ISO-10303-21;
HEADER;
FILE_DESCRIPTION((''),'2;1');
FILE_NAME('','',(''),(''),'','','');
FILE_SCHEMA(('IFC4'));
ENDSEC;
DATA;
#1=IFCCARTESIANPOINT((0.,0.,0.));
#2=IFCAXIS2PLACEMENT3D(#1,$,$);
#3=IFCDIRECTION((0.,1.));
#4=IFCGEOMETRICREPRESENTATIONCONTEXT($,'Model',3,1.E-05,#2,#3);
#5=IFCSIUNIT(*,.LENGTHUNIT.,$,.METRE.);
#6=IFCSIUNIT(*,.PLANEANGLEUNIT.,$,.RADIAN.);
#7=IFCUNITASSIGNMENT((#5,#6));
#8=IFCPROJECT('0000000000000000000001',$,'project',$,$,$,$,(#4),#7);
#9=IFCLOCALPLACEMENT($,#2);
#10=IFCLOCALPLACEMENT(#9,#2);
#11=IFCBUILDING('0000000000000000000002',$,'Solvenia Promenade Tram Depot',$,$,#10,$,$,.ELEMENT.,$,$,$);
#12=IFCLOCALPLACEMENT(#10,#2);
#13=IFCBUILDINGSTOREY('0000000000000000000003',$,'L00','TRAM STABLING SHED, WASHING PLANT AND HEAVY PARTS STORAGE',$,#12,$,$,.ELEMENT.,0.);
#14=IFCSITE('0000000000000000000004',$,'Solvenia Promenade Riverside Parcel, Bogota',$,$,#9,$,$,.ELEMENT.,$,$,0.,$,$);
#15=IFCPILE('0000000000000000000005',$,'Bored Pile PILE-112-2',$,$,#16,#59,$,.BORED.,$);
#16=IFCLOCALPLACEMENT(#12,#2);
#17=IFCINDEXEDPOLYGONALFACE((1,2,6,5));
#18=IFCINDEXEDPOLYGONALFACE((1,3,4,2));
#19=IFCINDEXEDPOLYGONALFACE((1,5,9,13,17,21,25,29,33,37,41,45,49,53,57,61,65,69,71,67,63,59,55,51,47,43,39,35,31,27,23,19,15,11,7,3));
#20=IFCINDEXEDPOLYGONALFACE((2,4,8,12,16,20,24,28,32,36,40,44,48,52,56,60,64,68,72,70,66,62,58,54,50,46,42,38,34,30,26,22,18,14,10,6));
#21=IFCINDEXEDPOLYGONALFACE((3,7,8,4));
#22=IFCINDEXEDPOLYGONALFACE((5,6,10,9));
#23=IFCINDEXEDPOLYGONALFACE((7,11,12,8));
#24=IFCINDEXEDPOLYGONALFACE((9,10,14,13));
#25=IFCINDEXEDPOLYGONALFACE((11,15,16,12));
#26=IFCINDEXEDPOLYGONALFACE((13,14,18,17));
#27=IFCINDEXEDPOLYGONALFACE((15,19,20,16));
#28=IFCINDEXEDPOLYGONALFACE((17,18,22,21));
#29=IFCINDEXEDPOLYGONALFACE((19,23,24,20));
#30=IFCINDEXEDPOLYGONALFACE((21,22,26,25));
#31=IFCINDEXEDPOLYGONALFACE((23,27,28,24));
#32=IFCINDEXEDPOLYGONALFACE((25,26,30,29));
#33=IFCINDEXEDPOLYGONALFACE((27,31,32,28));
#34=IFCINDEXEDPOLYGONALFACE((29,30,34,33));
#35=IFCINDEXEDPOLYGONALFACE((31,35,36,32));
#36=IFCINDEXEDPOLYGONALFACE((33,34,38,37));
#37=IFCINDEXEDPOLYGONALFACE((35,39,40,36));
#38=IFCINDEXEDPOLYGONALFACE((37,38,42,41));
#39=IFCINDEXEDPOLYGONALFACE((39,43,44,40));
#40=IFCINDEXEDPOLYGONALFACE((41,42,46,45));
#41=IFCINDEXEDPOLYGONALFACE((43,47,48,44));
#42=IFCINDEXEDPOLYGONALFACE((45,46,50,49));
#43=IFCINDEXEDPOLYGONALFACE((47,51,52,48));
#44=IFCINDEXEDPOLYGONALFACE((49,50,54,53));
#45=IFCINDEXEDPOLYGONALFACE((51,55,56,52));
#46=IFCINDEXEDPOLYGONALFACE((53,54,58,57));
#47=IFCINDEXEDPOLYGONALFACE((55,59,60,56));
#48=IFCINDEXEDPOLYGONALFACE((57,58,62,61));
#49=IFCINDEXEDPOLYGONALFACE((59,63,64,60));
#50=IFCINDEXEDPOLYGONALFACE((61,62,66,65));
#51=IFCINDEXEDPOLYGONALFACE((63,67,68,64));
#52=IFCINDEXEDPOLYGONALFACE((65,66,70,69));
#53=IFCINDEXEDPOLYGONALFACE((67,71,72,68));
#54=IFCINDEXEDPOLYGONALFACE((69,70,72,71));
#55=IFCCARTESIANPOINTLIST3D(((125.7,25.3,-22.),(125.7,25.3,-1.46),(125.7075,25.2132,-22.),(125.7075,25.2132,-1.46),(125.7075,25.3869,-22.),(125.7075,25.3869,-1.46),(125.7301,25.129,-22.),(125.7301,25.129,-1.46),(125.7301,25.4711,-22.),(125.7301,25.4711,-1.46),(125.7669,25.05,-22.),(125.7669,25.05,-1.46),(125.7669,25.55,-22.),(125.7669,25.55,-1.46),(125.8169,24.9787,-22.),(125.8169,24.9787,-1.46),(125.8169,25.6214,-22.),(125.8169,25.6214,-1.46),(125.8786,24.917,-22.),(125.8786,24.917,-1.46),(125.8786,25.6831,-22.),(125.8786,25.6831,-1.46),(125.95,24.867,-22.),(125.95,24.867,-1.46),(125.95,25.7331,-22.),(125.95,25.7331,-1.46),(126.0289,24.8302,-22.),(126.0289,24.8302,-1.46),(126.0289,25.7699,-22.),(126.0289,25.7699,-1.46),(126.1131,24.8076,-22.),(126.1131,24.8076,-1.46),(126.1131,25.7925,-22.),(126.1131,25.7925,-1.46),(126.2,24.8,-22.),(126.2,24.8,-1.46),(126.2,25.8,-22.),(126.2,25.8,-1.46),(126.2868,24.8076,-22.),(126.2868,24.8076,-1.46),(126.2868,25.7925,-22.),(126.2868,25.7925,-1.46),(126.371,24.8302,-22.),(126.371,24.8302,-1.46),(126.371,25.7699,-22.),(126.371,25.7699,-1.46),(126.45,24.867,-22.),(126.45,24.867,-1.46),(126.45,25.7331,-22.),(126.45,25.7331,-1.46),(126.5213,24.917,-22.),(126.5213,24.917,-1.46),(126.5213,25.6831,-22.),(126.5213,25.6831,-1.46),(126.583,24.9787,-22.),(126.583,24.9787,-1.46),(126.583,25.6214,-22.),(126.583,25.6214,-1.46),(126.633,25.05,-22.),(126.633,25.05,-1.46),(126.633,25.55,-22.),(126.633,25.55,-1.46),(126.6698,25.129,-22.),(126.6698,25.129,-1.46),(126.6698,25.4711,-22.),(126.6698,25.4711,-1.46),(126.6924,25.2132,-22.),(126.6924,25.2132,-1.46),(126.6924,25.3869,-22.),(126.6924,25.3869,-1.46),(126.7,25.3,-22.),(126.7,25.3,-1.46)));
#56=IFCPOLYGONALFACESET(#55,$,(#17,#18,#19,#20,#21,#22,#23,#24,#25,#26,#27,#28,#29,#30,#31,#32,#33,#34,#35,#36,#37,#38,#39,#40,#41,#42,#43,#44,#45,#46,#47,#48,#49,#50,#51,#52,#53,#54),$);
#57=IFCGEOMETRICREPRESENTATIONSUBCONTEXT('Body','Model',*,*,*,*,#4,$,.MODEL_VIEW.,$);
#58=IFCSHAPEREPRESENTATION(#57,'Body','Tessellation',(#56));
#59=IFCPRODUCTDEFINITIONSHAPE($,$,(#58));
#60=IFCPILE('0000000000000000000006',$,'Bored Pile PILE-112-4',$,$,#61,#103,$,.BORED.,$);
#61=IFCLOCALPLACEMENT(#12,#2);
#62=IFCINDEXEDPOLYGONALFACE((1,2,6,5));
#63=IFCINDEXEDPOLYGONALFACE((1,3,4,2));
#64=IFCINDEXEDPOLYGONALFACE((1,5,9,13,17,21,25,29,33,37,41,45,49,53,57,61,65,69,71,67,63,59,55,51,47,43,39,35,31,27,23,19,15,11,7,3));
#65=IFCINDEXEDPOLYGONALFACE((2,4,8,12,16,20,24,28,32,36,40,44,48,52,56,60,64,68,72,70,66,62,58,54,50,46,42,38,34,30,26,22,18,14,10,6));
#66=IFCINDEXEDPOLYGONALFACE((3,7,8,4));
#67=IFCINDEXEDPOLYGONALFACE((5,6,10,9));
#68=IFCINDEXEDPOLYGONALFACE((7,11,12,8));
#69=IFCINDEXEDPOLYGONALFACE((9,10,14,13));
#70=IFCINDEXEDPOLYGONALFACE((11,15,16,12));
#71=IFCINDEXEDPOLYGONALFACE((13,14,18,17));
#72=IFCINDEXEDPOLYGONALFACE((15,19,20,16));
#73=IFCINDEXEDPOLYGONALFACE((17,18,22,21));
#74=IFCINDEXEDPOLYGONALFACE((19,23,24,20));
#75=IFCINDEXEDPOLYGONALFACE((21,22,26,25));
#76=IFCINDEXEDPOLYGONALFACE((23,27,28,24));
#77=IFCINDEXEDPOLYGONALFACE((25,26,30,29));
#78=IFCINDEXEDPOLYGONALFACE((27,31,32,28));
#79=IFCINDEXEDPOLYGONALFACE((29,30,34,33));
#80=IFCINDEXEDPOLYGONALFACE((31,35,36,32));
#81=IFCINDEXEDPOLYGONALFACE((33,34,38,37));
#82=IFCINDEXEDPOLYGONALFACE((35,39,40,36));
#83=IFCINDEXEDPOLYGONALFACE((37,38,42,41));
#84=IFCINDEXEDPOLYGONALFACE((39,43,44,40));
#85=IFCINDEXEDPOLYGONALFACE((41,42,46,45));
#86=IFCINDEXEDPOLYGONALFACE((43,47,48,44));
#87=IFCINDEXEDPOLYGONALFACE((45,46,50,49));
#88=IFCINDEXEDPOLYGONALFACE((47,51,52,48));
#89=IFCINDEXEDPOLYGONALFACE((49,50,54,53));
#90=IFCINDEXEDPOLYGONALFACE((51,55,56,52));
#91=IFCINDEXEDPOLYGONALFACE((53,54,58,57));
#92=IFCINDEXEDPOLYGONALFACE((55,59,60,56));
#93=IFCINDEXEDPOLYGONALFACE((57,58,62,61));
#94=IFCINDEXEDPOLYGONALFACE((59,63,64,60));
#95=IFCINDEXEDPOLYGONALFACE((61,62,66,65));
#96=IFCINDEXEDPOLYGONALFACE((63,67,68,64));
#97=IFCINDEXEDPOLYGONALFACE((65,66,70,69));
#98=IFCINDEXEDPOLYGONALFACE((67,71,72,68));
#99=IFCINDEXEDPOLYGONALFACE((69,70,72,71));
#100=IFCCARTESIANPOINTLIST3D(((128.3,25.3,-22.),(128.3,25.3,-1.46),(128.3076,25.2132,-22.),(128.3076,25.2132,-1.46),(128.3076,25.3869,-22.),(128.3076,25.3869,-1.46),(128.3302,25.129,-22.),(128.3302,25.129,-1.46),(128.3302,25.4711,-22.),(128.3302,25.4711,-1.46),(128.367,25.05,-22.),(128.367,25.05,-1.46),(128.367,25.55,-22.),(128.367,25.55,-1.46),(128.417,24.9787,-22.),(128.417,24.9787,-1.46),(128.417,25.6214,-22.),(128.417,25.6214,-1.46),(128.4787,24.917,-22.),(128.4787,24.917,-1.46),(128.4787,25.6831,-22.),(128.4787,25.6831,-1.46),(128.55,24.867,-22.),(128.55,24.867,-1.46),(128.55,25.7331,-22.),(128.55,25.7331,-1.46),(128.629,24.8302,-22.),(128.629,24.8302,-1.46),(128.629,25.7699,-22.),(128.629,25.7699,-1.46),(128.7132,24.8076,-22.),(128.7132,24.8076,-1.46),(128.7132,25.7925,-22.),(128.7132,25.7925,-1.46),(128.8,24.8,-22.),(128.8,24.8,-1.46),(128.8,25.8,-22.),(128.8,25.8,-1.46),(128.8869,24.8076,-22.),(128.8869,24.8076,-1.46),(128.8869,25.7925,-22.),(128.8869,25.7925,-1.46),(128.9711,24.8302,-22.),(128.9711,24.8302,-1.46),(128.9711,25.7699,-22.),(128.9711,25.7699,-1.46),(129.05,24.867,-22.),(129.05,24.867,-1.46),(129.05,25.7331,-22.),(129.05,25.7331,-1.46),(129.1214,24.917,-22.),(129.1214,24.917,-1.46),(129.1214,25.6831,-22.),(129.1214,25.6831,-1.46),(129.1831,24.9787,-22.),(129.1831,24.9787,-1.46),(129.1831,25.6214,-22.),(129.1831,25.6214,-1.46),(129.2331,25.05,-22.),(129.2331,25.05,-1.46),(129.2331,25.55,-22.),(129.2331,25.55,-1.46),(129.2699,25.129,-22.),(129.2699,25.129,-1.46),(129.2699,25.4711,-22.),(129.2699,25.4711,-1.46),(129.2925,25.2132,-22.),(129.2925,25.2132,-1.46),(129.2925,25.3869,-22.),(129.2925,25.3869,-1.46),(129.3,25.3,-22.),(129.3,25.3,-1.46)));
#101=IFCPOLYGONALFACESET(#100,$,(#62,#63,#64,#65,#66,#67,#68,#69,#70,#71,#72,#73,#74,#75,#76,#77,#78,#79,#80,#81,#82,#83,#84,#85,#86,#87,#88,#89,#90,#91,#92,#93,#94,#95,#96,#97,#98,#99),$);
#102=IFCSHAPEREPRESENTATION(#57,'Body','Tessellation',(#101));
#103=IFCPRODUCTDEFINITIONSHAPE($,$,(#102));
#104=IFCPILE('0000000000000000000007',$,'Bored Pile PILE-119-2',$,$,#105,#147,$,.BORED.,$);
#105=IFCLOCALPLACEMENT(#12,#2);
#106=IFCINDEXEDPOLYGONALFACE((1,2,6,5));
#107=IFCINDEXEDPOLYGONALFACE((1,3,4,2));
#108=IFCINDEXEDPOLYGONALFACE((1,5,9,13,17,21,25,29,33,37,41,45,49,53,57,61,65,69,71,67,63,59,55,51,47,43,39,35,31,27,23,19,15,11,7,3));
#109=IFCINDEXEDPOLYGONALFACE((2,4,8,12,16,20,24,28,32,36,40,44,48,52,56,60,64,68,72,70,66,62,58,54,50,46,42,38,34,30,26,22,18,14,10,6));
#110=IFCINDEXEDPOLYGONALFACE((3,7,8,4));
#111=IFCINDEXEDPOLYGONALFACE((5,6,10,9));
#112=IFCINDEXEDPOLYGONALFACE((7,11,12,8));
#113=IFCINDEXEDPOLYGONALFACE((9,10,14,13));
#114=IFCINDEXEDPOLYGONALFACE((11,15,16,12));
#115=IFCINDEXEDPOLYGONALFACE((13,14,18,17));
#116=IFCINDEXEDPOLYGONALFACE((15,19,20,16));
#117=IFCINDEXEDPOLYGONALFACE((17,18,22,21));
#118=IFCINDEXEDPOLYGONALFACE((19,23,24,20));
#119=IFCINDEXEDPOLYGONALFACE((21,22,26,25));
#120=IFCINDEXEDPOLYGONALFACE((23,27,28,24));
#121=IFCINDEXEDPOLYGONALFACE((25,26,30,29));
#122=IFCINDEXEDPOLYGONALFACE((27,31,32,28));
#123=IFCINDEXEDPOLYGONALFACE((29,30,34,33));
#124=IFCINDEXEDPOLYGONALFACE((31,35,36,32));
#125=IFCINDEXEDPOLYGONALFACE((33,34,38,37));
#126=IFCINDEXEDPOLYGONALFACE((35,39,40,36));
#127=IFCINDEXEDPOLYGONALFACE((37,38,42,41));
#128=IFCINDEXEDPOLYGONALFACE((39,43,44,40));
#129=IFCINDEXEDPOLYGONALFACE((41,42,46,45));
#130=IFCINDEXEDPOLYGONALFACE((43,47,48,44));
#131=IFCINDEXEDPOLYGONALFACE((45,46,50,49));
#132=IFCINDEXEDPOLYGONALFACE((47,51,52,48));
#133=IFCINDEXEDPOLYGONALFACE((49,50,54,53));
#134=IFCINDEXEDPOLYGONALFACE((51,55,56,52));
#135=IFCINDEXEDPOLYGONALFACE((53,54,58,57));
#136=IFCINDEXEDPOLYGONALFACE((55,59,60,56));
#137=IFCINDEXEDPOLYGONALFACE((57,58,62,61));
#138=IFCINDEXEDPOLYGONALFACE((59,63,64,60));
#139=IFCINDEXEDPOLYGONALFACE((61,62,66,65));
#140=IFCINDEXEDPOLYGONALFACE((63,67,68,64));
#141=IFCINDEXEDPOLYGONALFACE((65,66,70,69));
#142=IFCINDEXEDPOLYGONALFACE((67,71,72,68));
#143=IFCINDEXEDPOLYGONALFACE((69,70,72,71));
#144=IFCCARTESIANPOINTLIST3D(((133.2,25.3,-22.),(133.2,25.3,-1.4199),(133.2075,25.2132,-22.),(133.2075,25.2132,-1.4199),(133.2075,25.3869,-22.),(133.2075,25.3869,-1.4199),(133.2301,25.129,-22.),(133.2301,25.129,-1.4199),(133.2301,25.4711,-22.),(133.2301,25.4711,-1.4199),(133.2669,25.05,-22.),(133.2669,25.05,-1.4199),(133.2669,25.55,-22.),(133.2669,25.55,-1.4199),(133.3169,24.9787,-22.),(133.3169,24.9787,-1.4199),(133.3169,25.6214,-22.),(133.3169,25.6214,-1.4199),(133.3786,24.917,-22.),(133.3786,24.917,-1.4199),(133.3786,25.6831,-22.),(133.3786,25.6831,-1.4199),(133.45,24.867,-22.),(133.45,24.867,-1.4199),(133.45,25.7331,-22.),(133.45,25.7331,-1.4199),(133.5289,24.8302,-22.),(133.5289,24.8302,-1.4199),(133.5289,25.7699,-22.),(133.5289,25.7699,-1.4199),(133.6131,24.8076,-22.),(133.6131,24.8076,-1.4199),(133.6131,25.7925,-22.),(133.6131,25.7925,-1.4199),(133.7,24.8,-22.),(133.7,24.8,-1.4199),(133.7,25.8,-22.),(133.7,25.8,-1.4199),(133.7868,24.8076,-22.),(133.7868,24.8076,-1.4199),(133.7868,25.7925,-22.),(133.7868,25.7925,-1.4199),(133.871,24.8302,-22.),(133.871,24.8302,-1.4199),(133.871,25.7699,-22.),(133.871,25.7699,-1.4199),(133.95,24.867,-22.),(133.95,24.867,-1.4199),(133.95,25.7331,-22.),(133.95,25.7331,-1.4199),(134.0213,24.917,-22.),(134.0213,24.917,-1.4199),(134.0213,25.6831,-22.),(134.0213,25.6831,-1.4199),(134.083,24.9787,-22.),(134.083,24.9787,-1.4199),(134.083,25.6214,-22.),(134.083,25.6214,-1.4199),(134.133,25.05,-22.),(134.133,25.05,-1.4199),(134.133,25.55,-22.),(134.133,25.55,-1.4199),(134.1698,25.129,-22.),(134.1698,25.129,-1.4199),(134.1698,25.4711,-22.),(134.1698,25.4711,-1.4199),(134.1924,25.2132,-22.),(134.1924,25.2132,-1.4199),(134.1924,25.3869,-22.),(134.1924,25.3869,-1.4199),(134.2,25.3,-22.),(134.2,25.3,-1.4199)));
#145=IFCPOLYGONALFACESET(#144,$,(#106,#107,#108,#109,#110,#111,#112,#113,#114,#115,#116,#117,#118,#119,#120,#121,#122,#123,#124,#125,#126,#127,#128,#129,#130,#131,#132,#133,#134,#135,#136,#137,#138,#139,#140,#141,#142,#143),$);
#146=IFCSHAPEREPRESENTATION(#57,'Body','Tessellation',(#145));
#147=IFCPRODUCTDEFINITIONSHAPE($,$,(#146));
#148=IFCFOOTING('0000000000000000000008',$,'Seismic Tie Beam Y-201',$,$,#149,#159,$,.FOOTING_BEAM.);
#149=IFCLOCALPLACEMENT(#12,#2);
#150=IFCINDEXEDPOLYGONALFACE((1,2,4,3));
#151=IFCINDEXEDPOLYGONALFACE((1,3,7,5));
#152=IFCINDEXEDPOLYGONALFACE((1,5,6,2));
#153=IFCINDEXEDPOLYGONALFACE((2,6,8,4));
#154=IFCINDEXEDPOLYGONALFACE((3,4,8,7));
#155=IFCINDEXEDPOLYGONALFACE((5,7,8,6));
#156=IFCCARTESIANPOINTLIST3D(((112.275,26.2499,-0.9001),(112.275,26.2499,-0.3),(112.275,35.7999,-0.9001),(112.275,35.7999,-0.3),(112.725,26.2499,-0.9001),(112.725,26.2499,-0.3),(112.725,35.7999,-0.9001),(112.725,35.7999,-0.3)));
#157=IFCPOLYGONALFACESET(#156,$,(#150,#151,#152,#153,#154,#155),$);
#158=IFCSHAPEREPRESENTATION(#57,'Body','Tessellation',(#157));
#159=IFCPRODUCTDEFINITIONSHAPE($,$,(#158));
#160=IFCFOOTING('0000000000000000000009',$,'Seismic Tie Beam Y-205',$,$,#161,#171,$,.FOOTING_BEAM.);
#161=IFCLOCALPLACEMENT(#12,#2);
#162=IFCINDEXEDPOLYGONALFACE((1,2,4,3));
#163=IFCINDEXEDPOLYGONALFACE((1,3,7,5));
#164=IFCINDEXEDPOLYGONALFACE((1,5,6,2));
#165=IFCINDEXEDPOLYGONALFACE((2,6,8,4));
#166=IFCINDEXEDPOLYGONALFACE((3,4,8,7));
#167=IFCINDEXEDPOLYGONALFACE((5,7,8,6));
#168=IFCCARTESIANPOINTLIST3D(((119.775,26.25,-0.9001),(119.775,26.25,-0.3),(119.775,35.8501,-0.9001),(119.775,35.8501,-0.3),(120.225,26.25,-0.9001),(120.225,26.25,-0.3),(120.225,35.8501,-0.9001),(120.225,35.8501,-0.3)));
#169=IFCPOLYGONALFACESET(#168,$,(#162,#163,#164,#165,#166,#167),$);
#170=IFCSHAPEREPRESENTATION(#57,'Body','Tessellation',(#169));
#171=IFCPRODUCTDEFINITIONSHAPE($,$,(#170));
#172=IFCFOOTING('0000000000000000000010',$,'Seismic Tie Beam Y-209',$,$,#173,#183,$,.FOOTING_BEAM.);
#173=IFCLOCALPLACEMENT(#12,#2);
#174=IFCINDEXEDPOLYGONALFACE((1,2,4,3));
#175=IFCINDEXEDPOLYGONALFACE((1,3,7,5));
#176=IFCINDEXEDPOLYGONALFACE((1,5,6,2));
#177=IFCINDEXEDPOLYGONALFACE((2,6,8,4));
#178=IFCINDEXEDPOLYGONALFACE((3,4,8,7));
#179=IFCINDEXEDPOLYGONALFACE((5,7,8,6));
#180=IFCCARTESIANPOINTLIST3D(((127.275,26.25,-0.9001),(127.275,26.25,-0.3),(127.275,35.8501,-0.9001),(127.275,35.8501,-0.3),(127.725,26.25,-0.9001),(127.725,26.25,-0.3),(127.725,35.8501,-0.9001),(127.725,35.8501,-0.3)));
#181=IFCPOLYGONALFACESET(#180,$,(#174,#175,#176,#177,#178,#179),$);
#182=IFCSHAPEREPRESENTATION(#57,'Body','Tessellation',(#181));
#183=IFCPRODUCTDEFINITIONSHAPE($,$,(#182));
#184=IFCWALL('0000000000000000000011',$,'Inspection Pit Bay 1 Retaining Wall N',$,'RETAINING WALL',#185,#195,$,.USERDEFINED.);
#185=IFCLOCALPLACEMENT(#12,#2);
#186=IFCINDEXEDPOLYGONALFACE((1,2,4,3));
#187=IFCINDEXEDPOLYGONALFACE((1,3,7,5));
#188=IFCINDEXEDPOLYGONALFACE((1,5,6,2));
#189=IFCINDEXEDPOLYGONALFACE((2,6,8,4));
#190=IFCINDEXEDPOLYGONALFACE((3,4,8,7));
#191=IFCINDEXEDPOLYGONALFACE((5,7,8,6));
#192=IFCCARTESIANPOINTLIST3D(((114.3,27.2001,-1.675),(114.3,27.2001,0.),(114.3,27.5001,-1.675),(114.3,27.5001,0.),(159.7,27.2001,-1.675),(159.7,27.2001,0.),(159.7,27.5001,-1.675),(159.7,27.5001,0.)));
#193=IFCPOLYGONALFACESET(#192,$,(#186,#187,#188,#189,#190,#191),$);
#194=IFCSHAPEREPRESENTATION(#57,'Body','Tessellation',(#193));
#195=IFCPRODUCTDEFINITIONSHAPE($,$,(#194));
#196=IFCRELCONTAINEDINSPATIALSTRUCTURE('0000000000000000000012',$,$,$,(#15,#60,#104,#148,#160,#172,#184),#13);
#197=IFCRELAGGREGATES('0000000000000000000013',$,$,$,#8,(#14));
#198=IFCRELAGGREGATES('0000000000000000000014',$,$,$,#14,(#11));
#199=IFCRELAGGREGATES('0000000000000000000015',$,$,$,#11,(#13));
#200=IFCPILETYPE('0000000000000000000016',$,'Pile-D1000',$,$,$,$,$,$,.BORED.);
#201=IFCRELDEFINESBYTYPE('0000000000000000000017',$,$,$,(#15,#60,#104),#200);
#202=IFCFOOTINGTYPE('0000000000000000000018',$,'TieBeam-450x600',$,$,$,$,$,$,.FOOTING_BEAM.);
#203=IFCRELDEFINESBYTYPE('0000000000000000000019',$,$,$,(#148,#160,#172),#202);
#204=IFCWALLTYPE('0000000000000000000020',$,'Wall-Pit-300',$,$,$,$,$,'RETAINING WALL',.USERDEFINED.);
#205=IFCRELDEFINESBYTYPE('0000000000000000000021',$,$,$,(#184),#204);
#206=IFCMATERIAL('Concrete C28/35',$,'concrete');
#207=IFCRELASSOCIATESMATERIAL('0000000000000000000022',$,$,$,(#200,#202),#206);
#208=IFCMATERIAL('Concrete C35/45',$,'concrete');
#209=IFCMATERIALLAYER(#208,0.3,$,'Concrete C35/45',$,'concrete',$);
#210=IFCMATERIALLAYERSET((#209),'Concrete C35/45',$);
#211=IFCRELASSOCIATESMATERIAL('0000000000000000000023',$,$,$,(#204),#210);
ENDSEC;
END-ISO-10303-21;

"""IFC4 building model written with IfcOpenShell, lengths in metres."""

from ifc_helpers import new_model, si_unit, direction, frame, frame_2d, origin, origin_2d, place, context, subcontext, project, spatial, rectangle, circle, extrude, material, layer, layer_set, material_profile, profile_set, type_object, element, save


model = new_model("IFC4")

# Units and contexts
model_context = context("Model", 3, precision=1e-05, world=origin(), true_north=direction((0.0, 1.0)))
body_context = subcontext(model_context, "Body", "Model", "MODEL_VIEW")
ifc_project = project(units=[si_unit("LENGTHUNIT", "METRE"), si_unit("PLANEANGLEUNIT", "RADIAN")], contexts=[model_context])

# Site, building, storey
site_placement = place(None, origin())
site = spatial("IfcSite", under=ifc_project, at=site_placement, Name="Solvenia Promenade Riverside Parcel, Bogota", CompositionType="ELEMENT", RefElevation=0.0)
building_placement = place(site_placement, origin())
building = spatial("IfcBuilding", under=site, at=building_placement, Name="Solvenia Promenade Tram Depot", CompositionType="ELEMENT")
storey_placement = place(building_placement, origin())
storey = spatial("IfcBuildingStorey", under=building, at=storey_placement, Name="L00", Description="TRAM STABLING SHED, WASHING PLANT AND HEAVY PARTS STORAGE", CompositionType="ELEMENT", Elevation=0.0)

# Piles
ifc_material_1 = material(Name="Concrete C28/35", Category="concrete")
ifc_material_profile = material_profile(ifc_material_1, circle(Radius=0.5, at=origin_2d()), Name="D1000", Category="concrete")
ifc_profile_set = profile_set([ifc_material_profile], Name="Concrete C28/35")
pile_type = type_object("IfcPileType", Name="Pile-D1000", PredefinedType="BORED", material=ifc_profile_set)
for number, where, z_axis, x_axis, name in (
    (1, (126.2, 25.3, -1.46), (0.0, 0.0, -1.0), (1.0, 0.0, 0.0), "Bored Pile PILE-112-2"),
    (2, (128.8, 25.3, -1.46), (0.0, 0.0, -1.0), (1.0, 0.0, 0.0), "Bored Pile PILE-112-4"),
):
    element("IfcPile", number, at=place(storey_placement, frame(where, z_axis=z_axis, x_axis=x_axis)), inside=storey, type_object=pile_type, Name=name, PredefinedType="BORED", context=body_context, shape_type="SweptSolid", body=[
        extrude(circle(Radius=0.5, at=origin_2d()), origin(), (0.0, 0.0, 1.0), 20.54),
    ])
pile_placement = place(storey_placement, frame((133.7, 25.3, -1.4199), z_axis=(0.0, 0.0, -1.0), x_axis=(1.0, 0.0, 0.0)))
element("IfcPile", 3, at=pile_placement, inside=storey, type_object=pile_type, Name="Bored Pile PILE-119-2", PredefinedType="BORED", context=body_context, shape_type="SweptSolid", body=[
    extrude(circle(Radius=0.5, at=origin_2d()), origin(), (0.0, 0.0, 1.0), 20.5801),
])

# Footings
footing_type = type_object("IfcFootingType", Name="TieBeam-450x600", PredefinedType="FOOTING_BEAM", material=ifc_material_1)
footing_placement = place(storey_placement, frame((112.5, 31.0249, -0.9001), z_axis=(0.0, 0.0, 1.0), x_axis=(1.0, 0.0, 0.0)))
element("IfcFooting", 4, at=footing_placement, inside=storey, type_object=footing_type, Name="Seismic Tie Beam Y-201", PredefinedType="FOOTING_BEAM", context=body_context, shape_type="SweptSolid", body=[
    extrude(rectangle(XDim=0.45, YDim=9.55, at=origin_2d()), origin(), (0.0, 0.0, 1.0), 0.6001),
])
for number, where, z_axis, x_axis, name in (
    (5, (120.0, 31.05, -0.9001), (0.0, 0.0, 1.0), (1.0, 0.0, 0.0), "Seismic Tie Beam Y-205"),
    (6, (127.5, 31.05, -0.9001), (0.0, 0.0, 1.0), (1.0, 0.0, 0.0), "Seismic Tie Beam Y-209"),
):
    element("IfcFooting", number, at=place(storey_placement, frame(where, z_axis=z_axis, x_axis=x_axis)), inside=storey, type_object=footing_type, Name=name, PredefinedType="FOOTING_BEAM", context=body_context, shape_type="SweptSolid", body=[
        extrude(rectangle(XDim=0.45, YDim=9.6001, at=origin_2d()), origin(), (0.0, 0.0, 1.0), 0.6001),
    ])

# Wall
ifc_material_2 = material(Name="Concrete C35/45", Category="concrete")
ifc_layer = layer(ifc_material_2, 0.3, Name="Concrete C35/45", Category="concrete")
ifc_layer_set = layer_set([ifc_layer], Name="Concrete C35/45")
wall_type = type_object("IfcWallType", Name="Wall-Pit-300", ElementType="RETAINING WALL", PredefinedType="USERDEFINED", material=ifc_layer_set)
wall_1_placement = place(storey_placement, frame((114.3, 27.3501, -1.675), z_axis=(0.0, 0.0, 1.0), x_axis=(1.0, 0.0, 0.0)))
element("IfcWall", 7, at=wall_1_placement, inside=storey, type_object=wall_type, Name="Inspection Pit Bay 1 Retaining Wall N", ObjectType="RETAINING WALL", PredefinedType="USERDEFINED", context=body_context, shape_type="SweptSolid", body=[
    extrude(rectangle(XDim=45.3999, YDim=0.3, at=frame_2d((22.7, 0.0))), origin(), (0.0, 0.0, 1.0), 1.675),
])

save(model, "model.ifc")
